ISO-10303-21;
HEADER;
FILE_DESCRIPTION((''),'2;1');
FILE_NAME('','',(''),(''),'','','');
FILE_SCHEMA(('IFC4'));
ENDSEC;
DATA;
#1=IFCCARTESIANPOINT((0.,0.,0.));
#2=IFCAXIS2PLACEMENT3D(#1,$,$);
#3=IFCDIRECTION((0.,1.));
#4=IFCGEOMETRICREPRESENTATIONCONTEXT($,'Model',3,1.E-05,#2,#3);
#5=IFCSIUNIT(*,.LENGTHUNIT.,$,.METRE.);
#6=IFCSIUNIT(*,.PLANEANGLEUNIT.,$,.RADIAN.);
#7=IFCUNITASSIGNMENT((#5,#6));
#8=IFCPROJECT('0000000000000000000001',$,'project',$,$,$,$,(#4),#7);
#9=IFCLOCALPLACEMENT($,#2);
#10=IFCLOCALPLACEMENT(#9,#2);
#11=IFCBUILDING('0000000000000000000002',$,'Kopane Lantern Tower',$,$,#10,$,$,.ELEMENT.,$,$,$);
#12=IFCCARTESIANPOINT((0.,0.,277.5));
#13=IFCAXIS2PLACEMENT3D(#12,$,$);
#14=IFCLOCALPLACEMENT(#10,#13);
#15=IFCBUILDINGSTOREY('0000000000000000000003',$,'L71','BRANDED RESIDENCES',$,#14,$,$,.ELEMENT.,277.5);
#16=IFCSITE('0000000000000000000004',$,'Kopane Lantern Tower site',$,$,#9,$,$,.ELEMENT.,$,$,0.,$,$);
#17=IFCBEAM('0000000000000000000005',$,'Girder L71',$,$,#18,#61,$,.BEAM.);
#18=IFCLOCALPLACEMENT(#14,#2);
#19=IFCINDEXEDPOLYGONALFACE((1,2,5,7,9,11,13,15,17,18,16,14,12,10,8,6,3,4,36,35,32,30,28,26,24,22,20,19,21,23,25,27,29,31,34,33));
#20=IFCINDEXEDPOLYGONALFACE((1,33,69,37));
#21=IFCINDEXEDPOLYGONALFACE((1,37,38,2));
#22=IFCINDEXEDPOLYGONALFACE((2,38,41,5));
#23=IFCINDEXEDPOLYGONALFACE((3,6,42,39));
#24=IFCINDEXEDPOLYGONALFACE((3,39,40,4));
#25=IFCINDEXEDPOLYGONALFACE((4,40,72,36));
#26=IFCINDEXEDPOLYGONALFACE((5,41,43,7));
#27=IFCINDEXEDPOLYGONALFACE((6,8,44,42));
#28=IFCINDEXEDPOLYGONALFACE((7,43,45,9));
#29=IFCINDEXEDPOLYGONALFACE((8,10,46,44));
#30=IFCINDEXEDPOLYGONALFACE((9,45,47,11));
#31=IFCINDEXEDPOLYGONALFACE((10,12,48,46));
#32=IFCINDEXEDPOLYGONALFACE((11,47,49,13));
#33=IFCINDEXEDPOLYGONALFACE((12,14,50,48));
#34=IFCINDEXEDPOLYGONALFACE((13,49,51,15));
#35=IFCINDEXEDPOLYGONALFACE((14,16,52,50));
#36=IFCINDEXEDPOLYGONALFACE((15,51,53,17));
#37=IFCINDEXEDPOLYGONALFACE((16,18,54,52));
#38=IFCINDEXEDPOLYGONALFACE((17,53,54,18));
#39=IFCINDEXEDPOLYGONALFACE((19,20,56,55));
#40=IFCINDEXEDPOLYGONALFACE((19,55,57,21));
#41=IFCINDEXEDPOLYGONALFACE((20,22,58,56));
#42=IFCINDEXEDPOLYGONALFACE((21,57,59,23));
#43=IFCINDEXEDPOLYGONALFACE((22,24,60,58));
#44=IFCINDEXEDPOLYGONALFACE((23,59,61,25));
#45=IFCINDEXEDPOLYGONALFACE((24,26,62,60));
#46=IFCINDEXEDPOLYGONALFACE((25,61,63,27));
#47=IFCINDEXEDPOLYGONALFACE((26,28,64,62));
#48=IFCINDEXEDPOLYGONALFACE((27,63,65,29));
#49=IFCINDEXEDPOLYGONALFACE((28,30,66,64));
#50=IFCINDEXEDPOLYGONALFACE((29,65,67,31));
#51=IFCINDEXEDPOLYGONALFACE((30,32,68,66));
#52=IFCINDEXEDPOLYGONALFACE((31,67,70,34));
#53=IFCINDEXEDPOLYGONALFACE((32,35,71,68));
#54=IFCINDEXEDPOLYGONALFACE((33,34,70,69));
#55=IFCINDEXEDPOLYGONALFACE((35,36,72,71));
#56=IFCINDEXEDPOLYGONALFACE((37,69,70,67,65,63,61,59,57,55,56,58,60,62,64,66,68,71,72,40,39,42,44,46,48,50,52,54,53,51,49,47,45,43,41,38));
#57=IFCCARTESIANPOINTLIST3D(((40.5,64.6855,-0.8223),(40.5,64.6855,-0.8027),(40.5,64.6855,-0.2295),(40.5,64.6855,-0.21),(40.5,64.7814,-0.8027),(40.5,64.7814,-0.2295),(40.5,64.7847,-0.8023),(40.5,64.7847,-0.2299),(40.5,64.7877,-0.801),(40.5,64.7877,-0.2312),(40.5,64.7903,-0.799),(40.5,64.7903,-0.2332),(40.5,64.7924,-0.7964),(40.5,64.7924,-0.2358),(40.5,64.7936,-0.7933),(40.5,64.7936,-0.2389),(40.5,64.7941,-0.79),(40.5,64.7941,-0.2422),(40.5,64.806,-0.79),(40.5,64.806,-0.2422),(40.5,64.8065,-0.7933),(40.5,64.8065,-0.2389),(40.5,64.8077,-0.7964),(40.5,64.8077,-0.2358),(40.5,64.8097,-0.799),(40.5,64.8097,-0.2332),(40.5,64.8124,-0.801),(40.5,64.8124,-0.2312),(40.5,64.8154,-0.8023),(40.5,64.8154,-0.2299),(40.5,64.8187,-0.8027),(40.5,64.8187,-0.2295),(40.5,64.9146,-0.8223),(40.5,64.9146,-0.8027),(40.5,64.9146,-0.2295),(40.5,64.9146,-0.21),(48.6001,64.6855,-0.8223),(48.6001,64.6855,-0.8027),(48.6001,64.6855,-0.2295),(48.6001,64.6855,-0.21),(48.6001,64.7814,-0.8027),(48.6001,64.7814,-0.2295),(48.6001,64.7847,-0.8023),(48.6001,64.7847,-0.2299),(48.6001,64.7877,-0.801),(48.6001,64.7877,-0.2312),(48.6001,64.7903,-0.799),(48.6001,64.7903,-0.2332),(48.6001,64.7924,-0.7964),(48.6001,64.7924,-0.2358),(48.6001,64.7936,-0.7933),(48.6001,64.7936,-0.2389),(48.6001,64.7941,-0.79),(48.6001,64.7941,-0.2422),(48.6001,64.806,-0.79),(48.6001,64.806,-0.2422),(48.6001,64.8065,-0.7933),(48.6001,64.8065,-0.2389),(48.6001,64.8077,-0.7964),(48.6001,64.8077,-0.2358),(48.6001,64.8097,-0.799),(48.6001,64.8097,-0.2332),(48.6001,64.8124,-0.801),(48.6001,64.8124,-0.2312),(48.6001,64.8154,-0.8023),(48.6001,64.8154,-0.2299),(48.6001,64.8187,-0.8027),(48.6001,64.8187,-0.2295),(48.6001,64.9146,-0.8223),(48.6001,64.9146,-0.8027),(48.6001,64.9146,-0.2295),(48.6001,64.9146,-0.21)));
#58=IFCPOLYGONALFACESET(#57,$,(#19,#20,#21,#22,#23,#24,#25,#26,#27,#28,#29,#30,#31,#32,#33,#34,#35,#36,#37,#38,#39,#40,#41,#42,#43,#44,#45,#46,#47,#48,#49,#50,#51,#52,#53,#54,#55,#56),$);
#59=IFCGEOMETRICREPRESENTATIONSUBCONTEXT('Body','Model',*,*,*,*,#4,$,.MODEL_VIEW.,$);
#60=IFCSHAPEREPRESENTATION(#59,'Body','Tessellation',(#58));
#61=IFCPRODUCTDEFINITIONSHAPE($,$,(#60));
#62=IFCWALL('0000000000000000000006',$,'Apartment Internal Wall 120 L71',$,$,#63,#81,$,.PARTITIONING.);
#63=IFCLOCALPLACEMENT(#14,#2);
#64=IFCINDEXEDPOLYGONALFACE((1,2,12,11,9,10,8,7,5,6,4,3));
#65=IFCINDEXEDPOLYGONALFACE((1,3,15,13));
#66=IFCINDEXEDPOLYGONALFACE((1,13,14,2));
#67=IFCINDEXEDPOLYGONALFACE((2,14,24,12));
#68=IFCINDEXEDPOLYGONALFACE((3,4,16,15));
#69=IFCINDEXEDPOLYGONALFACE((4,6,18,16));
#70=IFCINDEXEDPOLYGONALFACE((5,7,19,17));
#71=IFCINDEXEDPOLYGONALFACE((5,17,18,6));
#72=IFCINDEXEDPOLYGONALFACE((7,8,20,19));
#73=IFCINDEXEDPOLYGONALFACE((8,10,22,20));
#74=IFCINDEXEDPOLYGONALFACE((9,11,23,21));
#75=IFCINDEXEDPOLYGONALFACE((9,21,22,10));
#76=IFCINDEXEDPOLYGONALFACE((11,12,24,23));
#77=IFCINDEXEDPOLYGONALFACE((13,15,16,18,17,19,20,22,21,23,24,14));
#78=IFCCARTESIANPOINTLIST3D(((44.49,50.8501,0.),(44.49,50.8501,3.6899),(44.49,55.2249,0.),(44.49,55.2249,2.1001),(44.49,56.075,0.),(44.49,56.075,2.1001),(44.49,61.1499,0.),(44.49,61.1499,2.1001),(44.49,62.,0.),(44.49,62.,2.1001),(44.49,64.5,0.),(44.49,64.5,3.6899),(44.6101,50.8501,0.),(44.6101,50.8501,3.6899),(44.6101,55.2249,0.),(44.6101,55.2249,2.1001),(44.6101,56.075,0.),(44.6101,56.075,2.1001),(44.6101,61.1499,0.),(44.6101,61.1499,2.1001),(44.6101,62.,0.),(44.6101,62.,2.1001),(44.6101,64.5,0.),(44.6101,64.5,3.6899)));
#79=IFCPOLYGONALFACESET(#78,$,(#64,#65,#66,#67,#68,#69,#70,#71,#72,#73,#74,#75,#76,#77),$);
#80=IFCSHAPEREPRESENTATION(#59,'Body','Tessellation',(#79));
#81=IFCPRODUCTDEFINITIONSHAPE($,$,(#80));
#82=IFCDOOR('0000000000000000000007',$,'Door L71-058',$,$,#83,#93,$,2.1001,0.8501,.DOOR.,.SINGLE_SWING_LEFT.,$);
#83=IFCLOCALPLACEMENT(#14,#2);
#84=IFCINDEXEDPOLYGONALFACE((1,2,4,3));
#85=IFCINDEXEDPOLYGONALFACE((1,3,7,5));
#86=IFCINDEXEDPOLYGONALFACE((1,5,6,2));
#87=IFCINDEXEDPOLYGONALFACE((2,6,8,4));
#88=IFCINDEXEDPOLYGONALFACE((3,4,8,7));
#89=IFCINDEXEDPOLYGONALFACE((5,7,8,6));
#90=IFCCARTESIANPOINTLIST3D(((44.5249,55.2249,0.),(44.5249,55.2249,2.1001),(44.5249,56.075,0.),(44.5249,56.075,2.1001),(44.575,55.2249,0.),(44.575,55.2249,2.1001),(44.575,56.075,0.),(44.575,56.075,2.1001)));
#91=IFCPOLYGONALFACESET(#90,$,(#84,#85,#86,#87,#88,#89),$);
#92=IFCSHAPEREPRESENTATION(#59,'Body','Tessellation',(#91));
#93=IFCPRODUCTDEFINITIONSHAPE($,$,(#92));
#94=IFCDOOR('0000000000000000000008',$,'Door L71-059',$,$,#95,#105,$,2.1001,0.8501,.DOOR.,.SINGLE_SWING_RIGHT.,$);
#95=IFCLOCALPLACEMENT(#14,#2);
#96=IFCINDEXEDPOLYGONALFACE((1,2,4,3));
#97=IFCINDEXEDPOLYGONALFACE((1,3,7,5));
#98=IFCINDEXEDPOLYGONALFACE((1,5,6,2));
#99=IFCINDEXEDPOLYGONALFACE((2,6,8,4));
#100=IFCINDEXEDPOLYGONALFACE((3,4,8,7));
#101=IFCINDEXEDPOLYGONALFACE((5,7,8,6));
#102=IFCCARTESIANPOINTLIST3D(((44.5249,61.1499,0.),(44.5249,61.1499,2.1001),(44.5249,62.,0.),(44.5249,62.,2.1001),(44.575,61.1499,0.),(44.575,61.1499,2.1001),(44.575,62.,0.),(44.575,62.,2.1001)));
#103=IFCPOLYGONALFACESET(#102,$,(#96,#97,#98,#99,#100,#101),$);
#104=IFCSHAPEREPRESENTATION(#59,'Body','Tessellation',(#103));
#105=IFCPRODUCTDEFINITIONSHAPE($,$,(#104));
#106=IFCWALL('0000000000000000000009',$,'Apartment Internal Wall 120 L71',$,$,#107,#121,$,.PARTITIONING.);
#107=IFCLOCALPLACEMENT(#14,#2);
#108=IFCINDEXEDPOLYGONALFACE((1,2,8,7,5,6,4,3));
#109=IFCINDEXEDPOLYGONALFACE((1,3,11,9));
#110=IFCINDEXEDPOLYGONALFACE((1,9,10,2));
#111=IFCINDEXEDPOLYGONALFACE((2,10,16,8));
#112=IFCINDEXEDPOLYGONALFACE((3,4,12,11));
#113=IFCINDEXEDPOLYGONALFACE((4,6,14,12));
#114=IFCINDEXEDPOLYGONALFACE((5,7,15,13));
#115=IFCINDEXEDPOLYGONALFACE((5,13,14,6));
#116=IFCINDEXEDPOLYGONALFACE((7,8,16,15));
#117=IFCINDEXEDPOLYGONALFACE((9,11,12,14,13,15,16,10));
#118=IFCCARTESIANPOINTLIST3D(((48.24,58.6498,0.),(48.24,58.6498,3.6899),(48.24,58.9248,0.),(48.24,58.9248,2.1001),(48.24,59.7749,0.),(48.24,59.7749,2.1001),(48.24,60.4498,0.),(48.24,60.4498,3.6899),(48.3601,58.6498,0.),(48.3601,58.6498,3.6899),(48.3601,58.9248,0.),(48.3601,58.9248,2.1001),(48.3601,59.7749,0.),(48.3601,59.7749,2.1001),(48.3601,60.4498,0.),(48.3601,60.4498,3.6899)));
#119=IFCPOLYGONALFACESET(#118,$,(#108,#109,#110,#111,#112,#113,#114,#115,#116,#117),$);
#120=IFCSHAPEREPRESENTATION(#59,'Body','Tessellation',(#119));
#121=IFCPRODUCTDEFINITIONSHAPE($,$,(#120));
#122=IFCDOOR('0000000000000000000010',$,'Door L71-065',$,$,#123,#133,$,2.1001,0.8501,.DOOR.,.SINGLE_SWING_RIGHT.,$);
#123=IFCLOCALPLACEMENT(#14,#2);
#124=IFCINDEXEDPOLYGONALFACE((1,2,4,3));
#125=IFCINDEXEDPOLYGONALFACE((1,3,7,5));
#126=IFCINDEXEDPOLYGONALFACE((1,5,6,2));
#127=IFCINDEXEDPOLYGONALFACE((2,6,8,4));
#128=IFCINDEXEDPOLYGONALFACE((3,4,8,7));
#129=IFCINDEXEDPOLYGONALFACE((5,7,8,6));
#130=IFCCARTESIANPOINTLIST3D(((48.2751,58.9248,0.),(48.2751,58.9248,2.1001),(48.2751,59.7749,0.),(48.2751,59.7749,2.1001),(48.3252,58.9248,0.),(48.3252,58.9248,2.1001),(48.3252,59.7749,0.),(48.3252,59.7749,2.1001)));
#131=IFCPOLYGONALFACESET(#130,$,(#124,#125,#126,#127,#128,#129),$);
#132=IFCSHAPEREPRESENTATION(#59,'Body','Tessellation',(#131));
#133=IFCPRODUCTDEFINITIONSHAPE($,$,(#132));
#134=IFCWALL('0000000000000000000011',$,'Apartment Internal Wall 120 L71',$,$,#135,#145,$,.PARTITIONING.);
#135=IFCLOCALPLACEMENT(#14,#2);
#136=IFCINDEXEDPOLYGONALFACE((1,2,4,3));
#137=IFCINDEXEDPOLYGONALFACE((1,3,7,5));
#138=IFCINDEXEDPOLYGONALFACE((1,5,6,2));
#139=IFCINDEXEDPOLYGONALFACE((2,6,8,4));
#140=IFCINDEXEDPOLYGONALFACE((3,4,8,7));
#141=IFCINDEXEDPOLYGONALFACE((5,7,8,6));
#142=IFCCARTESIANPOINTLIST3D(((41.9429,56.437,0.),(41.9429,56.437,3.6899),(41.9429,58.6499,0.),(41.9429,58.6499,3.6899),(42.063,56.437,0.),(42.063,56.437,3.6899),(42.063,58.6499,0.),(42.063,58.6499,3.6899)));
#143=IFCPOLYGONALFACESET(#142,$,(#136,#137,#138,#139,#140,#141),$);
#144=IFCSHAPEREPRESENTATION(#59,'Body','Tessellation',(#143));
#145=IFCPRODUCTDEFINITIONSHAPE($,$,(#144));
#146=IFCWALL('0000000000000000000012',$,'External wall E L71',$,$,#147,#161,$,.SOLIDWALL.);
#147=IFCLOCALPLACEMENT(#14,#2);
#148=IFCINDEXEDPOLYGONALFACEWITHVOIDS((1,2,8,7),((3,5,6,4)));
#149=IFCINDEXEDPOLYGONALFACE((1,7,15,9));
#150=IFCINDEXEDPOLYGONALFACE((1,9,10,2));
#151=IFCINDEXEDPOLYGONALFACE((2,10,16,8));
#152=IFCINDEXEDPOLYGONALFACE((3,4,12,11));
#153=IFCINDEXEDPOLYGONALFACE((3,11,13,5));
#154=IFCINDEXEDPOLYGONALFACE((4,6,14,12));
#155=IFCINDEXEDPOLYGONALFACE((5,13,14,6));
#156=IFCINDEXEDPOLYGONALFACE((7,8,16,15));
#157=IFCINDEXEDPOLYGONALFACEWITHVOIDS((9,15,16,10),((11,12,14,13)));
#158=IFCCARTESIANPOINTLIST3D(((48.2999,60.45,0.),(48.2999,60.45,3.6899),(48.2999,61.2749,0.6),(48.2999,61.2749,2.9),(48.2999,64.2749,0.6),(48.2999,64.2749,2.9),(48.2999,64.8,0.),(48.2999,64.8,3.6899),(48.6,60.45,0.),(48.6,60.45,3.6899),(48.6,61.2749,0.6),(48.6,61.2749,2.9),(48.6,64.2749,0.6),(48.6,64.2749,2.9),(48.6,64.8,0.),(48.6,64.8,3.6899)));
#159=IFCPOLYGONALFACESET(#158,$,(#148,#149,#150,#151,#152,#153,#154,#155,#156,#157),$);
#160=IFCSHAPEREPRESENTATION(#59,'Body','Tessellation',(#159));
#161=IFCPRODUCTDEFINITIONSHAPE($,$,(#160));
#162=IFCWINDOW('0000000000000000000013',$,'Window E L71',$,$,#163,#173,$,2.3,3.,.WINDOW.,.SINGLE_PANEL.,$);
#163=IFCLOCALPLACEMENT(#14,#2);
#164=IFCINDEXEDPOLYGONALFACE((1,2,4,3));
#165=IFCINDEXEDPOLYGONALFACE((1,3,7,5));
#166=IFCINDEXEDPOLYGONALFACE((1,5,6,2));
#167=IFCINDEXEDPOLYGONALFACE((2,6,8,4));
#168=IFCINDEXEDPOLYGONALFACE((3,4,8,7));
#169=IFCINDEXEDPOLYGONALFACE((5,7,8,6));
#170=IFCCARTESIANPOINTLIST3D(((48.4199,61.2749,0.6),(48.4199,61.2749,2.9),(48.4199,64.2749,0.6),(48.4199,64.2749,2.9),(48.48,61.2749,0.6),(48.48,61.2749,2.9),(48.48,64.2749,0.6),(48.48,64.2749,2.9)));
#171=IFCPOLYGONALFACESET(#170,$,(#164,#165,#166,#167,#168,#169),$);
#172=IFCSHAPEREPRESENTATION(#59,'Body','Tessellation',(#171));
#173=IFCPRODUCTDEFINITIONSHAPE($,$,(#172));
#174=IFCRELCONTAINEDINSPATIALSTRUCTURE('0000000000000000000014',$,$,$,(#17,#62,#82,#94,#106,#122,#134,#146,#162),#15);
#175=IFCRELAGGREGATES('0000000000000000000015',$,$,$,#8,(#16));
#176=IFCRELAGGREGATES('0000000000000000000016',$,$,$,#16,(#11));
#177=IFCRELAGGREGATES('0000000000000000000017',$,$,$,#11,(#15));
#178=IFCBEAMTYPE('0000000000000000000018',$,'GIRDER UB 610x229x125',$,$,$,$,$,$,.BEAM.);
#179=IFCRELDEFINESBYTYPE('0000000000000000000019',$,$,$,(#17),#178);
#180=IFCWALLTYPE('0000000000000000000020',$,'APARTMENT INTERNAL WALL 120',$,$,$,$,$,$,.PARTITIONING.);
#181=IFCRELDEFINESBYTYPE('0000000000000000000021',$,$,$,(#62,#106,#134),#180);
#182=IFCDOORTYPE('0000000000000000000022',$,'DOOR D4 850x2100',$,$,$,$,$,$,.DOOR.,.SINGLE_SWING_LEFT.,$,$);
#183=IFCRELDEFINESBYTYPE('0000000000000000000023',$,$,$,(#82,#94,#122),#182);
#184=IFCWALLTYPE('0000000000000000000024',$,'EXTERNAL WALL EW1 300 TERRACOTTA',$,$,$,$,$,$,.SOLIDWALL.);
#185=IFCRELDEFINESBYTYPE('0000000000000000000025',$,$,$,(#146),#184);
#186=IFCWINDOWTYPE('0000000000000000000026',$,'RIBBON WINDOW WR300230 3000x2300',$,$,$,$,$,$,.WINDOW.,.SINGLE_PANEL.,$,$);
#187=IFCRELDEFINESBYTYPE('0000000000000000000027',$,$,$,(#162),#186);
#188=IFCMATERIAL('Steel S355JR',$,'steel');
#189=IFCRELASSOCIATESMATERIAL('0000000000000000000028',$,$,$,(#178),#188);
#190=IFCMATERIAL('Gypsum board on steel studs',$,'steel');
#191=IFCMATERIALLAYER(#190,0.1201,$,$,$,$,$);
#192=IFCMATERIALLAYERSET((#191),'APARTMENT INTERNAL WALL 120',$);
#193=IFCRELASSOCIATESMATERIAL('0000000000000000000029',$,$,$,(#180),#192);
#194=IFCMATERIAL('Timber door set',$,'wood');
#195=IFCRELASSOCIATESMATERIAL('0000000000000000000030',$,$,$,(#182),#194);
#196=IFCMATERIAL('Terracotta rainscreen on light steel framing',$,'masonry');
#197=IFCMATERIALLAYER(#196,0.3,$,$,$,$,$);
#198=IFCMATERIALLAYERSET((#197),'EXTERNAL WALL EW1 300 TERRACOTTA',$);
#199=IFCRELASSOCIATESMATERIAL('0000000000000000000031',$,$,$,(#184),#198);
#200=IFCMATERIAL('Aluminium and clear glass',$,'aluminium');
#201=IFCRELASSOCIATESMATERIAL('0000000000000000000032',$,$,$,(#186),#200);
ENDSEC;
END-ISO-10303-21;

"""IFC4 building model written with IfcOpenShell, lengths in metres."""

from ifc_helpers import new_model, si_unit, direction, frame, frame_2d, origin, origin_2d, place, context, subcontext, project, spatial, rectangle, i_section, extrude, material, layer, layer_set, material_profile, profile_set, type_object, element, fill, save


model = new_model("IFC4")

# Units and contexts
model_context = context("Model", 3, precision=1e-05, world=origin(), true_north=direction((0.0, 1.0)))
body_context = subcontext(model_context, "Body", "Model", "MODEL_VIEW")
ifc_project = project(units=[si_unit("LENGTHUNIT", "METRE"), si_unit("PLANEANGLEUNIT", "RADIAN")], contexts=[model_context])

# Site, building, storey
site_placement = place(None, origin())
site = spatial("IfcSite", under=ifc_project, at=site_placement, Name="Kopane Lantern Tower site", CompositionType="ELEMENT", RefElevation=0.0)
building_placement = place(site_placement, origin())
building = spatial("IfcBuilding", under=site, at=building_placement, Name="Kopane Lantern Tower", CompositionType="ELEMENT")
storey_placement = place(building_placement, frame((0.0, 0.0, 277.5)))
storey = spatial("IfcBuildingStorey", under=building, at=storey_placement, Name="L71", Description="BRANDED RESIDENCES", CompositionType="ELEMENT", Elevation=277.5)

# Beam
ifc_material_1 = material(Name="Steel S355JR", Category="steel")
ifc_material_profile_1 = material_profile(ifc_material_1, i_section(OverallWidth=0.229, OverallDepth=0.6123, WebThickness=0.012, FlangeThickness=0.0195, FilletRadius=0.0127, at=origin_2d()), Name="UB 610x229x125")
ifc_profile_set_1 = profile_set([ifc_material_profile_1], Name="Steel S355JR")
beam_type = type_object("IfcBeamType", Name="GIRDER UB 610x229x125", PredefinedType="BEAM", material=ifc_profile_set_1)
for number, where, z_axis, x_axis, name in (
    (1, (40.5, 64.8, -0.5161), (1.0, 0.0, 0.0), (0.0, 1.0, 0.0), "Girder L71"),
):
    element("IfcBeam", number, at=place(storey_placement, frame(where, z_axis=z_axis, x_axis=x_axis)), inside=storey, type_object=beam_type, Name=name, PredefinedType="BEAM", context=body_context, shape_type="SweptSolid", body=[
        extrude(i_section(OverallWidth=0.229, OverallDepth=0.6123, WebThickness=0.012, FlangeThickness=0.0195, FilletRadius=0.0127, at=origin_2d()), origin(), (0.0, 0.0, 1.0), 8.1001),
    ])

# Wall, openings, doors
ifc_material_2 = material(Name="Gypsum board on steel studs", Category="steel")
ifc_layer_1 = layer(ifc_material_2, 0.1201)
ifc_layer_set_1 = layer_set([ifc_layer_1], Name="APARTMENT INTERNAL WALL 120")
wall_type_1 = type_object("IfcWallType", Name="APARTMENT INTERNAL WALL 120", PredefinedType="PARTITIONING", material=ifc_layer_set_1)
wall_1_placement = place(storey_placement, frame((44.55, 64.5, 0.0), z_axis=(0.0, 0.0, 1.0), x_axis=(0.0, -1.0, 0.0)))
wall_1 = element("IfcWall", 2, at=wall_1_placement, inside=storey, type_object=wall_type_1, Name="Apartment Internal Wall 120 L71", PredefinedType="PARTITIONING", context=body_context, shape_type="SweptSolid", body=[
    extrude(rectangle(XDim=13.6499, YDim=0.1201, at=frame_2d((6.825, 0.0))), origin(), (0.0, 0.0, 1.0), 3.6899),
])
opening_1_placement = place(wall_1_placement, frame((8.425, 0.0, 0.0)))
opening_1 = element("IfcOpeningElement", 3, at=opening_1_placement, cuts=wall_1, PredefinedType="OPENING", context=body_context, shape_type="SweptSolid", body=[
    extrude(rectangle(XDim=0.8501, YDim=2.1001, at=frame_2d((0.425, 1.05))), frame((0.0, 0.0701, 0.0), z_axis=(0.0, -1.0, 0.0), x_axis=(1.0, 0.0, 0.0)), (0.0, 0.0, 1.0), 0.1401),
])
opening_2_placement = place(wall_1_placement, frame((2.5, 0.0, 0.0)))
opening_2 = element("IfcOpeningElement", 4, at=opening_2_placement, cuts=wall_1, PredefinedType="OPENING", context=body_context, shape_type="SweptSolid", body=[
    extrude(rectangle(XDim=0.8501, YDim=2.1001, at=frame_2d((0.425, 1.05))), frame((0.0, 0.0701, 0.0), z_axis=(0.0, -1.0, 0.0), x_axis=(1.0, 0.0, 0.0)), (0.0, 0.0, 1.0), 0.1401),
])
ifc_material_3 = material(Name="Timber door set", Category="wood")
door_type = type_object("IfcDoorType", Name="DOOR D4 850x2100", OperationType="SINGLE_SWING_LEFT", PredefinedType="DOOR", material=ifc_material_3)
door_1_placement = place(opening_1_placement, origin())
door_1 = element("IfcDoor", 5, at=door_1_placement, inside=storey, type_object=door_type, Name="Door L71-058", OperationType="SINGLE_SWING_LEFT", OverallHeight=2.1001, OverallWidth=0.8501, PredefinedType="DOOR", context=body_context, shape_type="SweptSolid", body=[
    extrude(rectangle(XDim=0.8501, YDim=2.1001, at=frame_2d((0.425, 1.05))), frame((0.0, 0.0249, 0.0), z_axis=(0.0, -1.0, 0.0), x_axis=(1.0, 0.0, 0.0)), (0.0, 0.0, 1.0), 0.05),
])
fill(opening_1, door_1)
door_2_placement = place(opening_2_placement, origin())
door_2 = element("IfcDoor", 6, at=door_2_placement, inside=storey, type_object=door_type, Name="Door L71-059", OperationType="SINGLE_SWING_RIGHT", OverallHeight=2.1001, OverallWidth=0.8501, PredefinedType="DOOR", context=body_context, shape_type="SweptSolid", body=[
    extrude(rectangle(XDim=0.8501, YDim=2.1001, at=frame_2d((0.425, 1.05))), frame((0.0, 0.0249, 0.0), z_axis=(0.0, -1.0, 0.0), x_axis=(1.0, 0.0, 0.0)), (0.0, 0.0, 1.0), 0.05),
])
fill(opening_2, door_2)

# Wall, opening, door
wall_2_placement = place(storey_placement, frame((48.3, 58.6499, 0.0), z_axis=(0.0, 0.0, 1.0), x_axis=(0.0, 1.0, 0.0)))
wall_2 = element("IfcWall", 7, at=wall_2_placement, inside=storey, type_object=wall_type_1, Name="Apartment Internal Wall 120 L71", PredefinedType="PARTITIONING", context=body_context, shape_type="SweptSolid", body=[
    extrude(rectangle(XDim=1.8, YDim=0.1201, at=frame_2d((0.8999, 0.0))), origin(), (0.0, 0.0, 1.0), 3.6899),
])
opening_3_placement = place(wall_2_placement, frame((0.2749, 0.0, 0.0)))
opening_3 = element("IfcOpeningElement", 8, at=opening_3_placement, cuts=wall_2, PredefinedType="OPENING", context=body_context, shape_type="SweptSolid", body=[
    extrude(rectangle(XDim=0.8501, YDim=2.1001, at=frame_2d((0.425, 1.05))), frame((0.0, 0.0701, 0.0), z_axis=(0.0, -1.0, 0.0), x_axis=(1.0, 0.0, 0.0)), (0.0, 0.0, 1.0), 0.1401),
])
door_3_placement = place(opening_3_placement, origin())
door_3 = element("IfcDoor", 9, at=door_3_placement, inside=storey, type_object=door_type, Name="Door L71-065", OperationType="SINGLE_SWING_RIGHT", OverallHeight=2.1001, OverallWidth=0.8501, PredefinedType="DOOR", context=body_context, shape_type="SweptSolid", body=[
    extrude(rectangle(XDim=0.8501, YDim=2.1001, at=frame_2d((0.425, 1.05))), frame((0.0, 0.0249, 0.0), z_axis=(0.0, -1.0, 0.0), x_axis=(1.0, 0.0, 0.0)), (0.0, 0.0, 1.0), 0.05),
])
fill(opening_3, door_3)

# Wall
wall_3_placement = place(storey_placement, frame((42.0029, 58.6499, 0.0), z_axis=(0.0, 0.0, 1.0), x_axis=(0.0, -1.0, 0.0)))
element("IfcWall", 10, at=wall_3_placement, inside=storey, type_object=wall_type_1, Name="Apartment Internal Wall 120 L71", PredefinedType="PARTITIONING", context=body_context, shape_type="SweptSolid", body=[
    extrude(rectangle(XDim=2.2129, YDim=0.1201, at=frame_2d((1.1064, 0.0))), origin(), (0.0, 0.0, 1.0), 3.6899),
])

# Wall, opening, window
ifc_material_4 = material(Name="Terracotta rainscreen on light steel framing", Category="masonry")
ifc_layer_2 = layer(ifc_material_4, 0.3)
ifc_layer_set_2 = layer_set([ifc_layer_2], Name="EXTERNAL WALL EW1 300 TERRACOTTA")
wall_type_2 = type_object("IfcWallType", Name="EXTERNAL WALL EW1 300 TERRACOTTA", PredefinedType="SOLIDWALL", material=ifc_layer_set_2)
wall_4_placement = place(storey_placement, frame((48.45, 60.45, 0.0), z_axis=(0.0, 0.0, 1.0), x_axis=(0.0, 1.0, 0.0)))
wall_4 = element("IfcWall", 11, at=wall_4_placement, inside=storey, type_object=wall_type_2, Name="External wall E L71", PredefinedType="SOLIDWALL", context=body_context, shape_type="SweptSolid", body=[
    extrude(rectangle(XDim=4.3501, YDim=0.3, at=frame_2d((2.175, 0.0))), origin(), (0.0, 0.0, 1.0), 3.6899),
])
opening_4_placement = place(wall_4_placement, frame((0.825, 0.0, 0.6001)))
opening_4 = element("IfcOpeningElement", 12, at=opening_4_placement, cuts=wall_4, PredefinedType="OPENING", context=body_context, shape_type="SweptSolid", body=[
    extrude(rectangle(XDim=3.0, YDim=2.3, at=frame_2d((1.5, 1.1499))), frame((0.0, 0.1599, 0.0), z_axis=(0.0, -1.0, 0.0), x_axis=(1.0, 0.0, 0.0)), (0.0, 0.0, 1.0), 0.3201),
])
ifc_material_5 = material(Name="Aluminium and clear glass", Category="aluminium")
window_type_1 = type_object("IfcWindowType", Name="RIBBON WINDOW WR300230 3000x2300", PartitioningType="SINGLE_PANEL", PredefinedType="WINDOW", material=ifc_material_5)
window_1_placement = place(opening_4_placement, origin())
window_1 = element("IfcWindow", 13, at=window_1_placement, inside=storey, type_object=window_type_1, Name="Window E L71", OverallHeight=2.3, OverallWidth=3.0, PartitioningType="SINGLE_PANEL", PredefinedType="WINDOW", context=body_context, shape_type="SweptSolid", body=[
    extrude(rectangle(XDim=3.0, YDim=2.3, at=frame_2d((1.5, 1.1499))), frame((0.0, 0.03, 0.0), z_axis=(0.0, -1.0, 0.0), x_axis=(1.0, 0.0, 0.0)), (0.0, 0.0, 1.0), 0.0601),
])
fill(opening_4, window_1)

save(model, "model.ifc")
